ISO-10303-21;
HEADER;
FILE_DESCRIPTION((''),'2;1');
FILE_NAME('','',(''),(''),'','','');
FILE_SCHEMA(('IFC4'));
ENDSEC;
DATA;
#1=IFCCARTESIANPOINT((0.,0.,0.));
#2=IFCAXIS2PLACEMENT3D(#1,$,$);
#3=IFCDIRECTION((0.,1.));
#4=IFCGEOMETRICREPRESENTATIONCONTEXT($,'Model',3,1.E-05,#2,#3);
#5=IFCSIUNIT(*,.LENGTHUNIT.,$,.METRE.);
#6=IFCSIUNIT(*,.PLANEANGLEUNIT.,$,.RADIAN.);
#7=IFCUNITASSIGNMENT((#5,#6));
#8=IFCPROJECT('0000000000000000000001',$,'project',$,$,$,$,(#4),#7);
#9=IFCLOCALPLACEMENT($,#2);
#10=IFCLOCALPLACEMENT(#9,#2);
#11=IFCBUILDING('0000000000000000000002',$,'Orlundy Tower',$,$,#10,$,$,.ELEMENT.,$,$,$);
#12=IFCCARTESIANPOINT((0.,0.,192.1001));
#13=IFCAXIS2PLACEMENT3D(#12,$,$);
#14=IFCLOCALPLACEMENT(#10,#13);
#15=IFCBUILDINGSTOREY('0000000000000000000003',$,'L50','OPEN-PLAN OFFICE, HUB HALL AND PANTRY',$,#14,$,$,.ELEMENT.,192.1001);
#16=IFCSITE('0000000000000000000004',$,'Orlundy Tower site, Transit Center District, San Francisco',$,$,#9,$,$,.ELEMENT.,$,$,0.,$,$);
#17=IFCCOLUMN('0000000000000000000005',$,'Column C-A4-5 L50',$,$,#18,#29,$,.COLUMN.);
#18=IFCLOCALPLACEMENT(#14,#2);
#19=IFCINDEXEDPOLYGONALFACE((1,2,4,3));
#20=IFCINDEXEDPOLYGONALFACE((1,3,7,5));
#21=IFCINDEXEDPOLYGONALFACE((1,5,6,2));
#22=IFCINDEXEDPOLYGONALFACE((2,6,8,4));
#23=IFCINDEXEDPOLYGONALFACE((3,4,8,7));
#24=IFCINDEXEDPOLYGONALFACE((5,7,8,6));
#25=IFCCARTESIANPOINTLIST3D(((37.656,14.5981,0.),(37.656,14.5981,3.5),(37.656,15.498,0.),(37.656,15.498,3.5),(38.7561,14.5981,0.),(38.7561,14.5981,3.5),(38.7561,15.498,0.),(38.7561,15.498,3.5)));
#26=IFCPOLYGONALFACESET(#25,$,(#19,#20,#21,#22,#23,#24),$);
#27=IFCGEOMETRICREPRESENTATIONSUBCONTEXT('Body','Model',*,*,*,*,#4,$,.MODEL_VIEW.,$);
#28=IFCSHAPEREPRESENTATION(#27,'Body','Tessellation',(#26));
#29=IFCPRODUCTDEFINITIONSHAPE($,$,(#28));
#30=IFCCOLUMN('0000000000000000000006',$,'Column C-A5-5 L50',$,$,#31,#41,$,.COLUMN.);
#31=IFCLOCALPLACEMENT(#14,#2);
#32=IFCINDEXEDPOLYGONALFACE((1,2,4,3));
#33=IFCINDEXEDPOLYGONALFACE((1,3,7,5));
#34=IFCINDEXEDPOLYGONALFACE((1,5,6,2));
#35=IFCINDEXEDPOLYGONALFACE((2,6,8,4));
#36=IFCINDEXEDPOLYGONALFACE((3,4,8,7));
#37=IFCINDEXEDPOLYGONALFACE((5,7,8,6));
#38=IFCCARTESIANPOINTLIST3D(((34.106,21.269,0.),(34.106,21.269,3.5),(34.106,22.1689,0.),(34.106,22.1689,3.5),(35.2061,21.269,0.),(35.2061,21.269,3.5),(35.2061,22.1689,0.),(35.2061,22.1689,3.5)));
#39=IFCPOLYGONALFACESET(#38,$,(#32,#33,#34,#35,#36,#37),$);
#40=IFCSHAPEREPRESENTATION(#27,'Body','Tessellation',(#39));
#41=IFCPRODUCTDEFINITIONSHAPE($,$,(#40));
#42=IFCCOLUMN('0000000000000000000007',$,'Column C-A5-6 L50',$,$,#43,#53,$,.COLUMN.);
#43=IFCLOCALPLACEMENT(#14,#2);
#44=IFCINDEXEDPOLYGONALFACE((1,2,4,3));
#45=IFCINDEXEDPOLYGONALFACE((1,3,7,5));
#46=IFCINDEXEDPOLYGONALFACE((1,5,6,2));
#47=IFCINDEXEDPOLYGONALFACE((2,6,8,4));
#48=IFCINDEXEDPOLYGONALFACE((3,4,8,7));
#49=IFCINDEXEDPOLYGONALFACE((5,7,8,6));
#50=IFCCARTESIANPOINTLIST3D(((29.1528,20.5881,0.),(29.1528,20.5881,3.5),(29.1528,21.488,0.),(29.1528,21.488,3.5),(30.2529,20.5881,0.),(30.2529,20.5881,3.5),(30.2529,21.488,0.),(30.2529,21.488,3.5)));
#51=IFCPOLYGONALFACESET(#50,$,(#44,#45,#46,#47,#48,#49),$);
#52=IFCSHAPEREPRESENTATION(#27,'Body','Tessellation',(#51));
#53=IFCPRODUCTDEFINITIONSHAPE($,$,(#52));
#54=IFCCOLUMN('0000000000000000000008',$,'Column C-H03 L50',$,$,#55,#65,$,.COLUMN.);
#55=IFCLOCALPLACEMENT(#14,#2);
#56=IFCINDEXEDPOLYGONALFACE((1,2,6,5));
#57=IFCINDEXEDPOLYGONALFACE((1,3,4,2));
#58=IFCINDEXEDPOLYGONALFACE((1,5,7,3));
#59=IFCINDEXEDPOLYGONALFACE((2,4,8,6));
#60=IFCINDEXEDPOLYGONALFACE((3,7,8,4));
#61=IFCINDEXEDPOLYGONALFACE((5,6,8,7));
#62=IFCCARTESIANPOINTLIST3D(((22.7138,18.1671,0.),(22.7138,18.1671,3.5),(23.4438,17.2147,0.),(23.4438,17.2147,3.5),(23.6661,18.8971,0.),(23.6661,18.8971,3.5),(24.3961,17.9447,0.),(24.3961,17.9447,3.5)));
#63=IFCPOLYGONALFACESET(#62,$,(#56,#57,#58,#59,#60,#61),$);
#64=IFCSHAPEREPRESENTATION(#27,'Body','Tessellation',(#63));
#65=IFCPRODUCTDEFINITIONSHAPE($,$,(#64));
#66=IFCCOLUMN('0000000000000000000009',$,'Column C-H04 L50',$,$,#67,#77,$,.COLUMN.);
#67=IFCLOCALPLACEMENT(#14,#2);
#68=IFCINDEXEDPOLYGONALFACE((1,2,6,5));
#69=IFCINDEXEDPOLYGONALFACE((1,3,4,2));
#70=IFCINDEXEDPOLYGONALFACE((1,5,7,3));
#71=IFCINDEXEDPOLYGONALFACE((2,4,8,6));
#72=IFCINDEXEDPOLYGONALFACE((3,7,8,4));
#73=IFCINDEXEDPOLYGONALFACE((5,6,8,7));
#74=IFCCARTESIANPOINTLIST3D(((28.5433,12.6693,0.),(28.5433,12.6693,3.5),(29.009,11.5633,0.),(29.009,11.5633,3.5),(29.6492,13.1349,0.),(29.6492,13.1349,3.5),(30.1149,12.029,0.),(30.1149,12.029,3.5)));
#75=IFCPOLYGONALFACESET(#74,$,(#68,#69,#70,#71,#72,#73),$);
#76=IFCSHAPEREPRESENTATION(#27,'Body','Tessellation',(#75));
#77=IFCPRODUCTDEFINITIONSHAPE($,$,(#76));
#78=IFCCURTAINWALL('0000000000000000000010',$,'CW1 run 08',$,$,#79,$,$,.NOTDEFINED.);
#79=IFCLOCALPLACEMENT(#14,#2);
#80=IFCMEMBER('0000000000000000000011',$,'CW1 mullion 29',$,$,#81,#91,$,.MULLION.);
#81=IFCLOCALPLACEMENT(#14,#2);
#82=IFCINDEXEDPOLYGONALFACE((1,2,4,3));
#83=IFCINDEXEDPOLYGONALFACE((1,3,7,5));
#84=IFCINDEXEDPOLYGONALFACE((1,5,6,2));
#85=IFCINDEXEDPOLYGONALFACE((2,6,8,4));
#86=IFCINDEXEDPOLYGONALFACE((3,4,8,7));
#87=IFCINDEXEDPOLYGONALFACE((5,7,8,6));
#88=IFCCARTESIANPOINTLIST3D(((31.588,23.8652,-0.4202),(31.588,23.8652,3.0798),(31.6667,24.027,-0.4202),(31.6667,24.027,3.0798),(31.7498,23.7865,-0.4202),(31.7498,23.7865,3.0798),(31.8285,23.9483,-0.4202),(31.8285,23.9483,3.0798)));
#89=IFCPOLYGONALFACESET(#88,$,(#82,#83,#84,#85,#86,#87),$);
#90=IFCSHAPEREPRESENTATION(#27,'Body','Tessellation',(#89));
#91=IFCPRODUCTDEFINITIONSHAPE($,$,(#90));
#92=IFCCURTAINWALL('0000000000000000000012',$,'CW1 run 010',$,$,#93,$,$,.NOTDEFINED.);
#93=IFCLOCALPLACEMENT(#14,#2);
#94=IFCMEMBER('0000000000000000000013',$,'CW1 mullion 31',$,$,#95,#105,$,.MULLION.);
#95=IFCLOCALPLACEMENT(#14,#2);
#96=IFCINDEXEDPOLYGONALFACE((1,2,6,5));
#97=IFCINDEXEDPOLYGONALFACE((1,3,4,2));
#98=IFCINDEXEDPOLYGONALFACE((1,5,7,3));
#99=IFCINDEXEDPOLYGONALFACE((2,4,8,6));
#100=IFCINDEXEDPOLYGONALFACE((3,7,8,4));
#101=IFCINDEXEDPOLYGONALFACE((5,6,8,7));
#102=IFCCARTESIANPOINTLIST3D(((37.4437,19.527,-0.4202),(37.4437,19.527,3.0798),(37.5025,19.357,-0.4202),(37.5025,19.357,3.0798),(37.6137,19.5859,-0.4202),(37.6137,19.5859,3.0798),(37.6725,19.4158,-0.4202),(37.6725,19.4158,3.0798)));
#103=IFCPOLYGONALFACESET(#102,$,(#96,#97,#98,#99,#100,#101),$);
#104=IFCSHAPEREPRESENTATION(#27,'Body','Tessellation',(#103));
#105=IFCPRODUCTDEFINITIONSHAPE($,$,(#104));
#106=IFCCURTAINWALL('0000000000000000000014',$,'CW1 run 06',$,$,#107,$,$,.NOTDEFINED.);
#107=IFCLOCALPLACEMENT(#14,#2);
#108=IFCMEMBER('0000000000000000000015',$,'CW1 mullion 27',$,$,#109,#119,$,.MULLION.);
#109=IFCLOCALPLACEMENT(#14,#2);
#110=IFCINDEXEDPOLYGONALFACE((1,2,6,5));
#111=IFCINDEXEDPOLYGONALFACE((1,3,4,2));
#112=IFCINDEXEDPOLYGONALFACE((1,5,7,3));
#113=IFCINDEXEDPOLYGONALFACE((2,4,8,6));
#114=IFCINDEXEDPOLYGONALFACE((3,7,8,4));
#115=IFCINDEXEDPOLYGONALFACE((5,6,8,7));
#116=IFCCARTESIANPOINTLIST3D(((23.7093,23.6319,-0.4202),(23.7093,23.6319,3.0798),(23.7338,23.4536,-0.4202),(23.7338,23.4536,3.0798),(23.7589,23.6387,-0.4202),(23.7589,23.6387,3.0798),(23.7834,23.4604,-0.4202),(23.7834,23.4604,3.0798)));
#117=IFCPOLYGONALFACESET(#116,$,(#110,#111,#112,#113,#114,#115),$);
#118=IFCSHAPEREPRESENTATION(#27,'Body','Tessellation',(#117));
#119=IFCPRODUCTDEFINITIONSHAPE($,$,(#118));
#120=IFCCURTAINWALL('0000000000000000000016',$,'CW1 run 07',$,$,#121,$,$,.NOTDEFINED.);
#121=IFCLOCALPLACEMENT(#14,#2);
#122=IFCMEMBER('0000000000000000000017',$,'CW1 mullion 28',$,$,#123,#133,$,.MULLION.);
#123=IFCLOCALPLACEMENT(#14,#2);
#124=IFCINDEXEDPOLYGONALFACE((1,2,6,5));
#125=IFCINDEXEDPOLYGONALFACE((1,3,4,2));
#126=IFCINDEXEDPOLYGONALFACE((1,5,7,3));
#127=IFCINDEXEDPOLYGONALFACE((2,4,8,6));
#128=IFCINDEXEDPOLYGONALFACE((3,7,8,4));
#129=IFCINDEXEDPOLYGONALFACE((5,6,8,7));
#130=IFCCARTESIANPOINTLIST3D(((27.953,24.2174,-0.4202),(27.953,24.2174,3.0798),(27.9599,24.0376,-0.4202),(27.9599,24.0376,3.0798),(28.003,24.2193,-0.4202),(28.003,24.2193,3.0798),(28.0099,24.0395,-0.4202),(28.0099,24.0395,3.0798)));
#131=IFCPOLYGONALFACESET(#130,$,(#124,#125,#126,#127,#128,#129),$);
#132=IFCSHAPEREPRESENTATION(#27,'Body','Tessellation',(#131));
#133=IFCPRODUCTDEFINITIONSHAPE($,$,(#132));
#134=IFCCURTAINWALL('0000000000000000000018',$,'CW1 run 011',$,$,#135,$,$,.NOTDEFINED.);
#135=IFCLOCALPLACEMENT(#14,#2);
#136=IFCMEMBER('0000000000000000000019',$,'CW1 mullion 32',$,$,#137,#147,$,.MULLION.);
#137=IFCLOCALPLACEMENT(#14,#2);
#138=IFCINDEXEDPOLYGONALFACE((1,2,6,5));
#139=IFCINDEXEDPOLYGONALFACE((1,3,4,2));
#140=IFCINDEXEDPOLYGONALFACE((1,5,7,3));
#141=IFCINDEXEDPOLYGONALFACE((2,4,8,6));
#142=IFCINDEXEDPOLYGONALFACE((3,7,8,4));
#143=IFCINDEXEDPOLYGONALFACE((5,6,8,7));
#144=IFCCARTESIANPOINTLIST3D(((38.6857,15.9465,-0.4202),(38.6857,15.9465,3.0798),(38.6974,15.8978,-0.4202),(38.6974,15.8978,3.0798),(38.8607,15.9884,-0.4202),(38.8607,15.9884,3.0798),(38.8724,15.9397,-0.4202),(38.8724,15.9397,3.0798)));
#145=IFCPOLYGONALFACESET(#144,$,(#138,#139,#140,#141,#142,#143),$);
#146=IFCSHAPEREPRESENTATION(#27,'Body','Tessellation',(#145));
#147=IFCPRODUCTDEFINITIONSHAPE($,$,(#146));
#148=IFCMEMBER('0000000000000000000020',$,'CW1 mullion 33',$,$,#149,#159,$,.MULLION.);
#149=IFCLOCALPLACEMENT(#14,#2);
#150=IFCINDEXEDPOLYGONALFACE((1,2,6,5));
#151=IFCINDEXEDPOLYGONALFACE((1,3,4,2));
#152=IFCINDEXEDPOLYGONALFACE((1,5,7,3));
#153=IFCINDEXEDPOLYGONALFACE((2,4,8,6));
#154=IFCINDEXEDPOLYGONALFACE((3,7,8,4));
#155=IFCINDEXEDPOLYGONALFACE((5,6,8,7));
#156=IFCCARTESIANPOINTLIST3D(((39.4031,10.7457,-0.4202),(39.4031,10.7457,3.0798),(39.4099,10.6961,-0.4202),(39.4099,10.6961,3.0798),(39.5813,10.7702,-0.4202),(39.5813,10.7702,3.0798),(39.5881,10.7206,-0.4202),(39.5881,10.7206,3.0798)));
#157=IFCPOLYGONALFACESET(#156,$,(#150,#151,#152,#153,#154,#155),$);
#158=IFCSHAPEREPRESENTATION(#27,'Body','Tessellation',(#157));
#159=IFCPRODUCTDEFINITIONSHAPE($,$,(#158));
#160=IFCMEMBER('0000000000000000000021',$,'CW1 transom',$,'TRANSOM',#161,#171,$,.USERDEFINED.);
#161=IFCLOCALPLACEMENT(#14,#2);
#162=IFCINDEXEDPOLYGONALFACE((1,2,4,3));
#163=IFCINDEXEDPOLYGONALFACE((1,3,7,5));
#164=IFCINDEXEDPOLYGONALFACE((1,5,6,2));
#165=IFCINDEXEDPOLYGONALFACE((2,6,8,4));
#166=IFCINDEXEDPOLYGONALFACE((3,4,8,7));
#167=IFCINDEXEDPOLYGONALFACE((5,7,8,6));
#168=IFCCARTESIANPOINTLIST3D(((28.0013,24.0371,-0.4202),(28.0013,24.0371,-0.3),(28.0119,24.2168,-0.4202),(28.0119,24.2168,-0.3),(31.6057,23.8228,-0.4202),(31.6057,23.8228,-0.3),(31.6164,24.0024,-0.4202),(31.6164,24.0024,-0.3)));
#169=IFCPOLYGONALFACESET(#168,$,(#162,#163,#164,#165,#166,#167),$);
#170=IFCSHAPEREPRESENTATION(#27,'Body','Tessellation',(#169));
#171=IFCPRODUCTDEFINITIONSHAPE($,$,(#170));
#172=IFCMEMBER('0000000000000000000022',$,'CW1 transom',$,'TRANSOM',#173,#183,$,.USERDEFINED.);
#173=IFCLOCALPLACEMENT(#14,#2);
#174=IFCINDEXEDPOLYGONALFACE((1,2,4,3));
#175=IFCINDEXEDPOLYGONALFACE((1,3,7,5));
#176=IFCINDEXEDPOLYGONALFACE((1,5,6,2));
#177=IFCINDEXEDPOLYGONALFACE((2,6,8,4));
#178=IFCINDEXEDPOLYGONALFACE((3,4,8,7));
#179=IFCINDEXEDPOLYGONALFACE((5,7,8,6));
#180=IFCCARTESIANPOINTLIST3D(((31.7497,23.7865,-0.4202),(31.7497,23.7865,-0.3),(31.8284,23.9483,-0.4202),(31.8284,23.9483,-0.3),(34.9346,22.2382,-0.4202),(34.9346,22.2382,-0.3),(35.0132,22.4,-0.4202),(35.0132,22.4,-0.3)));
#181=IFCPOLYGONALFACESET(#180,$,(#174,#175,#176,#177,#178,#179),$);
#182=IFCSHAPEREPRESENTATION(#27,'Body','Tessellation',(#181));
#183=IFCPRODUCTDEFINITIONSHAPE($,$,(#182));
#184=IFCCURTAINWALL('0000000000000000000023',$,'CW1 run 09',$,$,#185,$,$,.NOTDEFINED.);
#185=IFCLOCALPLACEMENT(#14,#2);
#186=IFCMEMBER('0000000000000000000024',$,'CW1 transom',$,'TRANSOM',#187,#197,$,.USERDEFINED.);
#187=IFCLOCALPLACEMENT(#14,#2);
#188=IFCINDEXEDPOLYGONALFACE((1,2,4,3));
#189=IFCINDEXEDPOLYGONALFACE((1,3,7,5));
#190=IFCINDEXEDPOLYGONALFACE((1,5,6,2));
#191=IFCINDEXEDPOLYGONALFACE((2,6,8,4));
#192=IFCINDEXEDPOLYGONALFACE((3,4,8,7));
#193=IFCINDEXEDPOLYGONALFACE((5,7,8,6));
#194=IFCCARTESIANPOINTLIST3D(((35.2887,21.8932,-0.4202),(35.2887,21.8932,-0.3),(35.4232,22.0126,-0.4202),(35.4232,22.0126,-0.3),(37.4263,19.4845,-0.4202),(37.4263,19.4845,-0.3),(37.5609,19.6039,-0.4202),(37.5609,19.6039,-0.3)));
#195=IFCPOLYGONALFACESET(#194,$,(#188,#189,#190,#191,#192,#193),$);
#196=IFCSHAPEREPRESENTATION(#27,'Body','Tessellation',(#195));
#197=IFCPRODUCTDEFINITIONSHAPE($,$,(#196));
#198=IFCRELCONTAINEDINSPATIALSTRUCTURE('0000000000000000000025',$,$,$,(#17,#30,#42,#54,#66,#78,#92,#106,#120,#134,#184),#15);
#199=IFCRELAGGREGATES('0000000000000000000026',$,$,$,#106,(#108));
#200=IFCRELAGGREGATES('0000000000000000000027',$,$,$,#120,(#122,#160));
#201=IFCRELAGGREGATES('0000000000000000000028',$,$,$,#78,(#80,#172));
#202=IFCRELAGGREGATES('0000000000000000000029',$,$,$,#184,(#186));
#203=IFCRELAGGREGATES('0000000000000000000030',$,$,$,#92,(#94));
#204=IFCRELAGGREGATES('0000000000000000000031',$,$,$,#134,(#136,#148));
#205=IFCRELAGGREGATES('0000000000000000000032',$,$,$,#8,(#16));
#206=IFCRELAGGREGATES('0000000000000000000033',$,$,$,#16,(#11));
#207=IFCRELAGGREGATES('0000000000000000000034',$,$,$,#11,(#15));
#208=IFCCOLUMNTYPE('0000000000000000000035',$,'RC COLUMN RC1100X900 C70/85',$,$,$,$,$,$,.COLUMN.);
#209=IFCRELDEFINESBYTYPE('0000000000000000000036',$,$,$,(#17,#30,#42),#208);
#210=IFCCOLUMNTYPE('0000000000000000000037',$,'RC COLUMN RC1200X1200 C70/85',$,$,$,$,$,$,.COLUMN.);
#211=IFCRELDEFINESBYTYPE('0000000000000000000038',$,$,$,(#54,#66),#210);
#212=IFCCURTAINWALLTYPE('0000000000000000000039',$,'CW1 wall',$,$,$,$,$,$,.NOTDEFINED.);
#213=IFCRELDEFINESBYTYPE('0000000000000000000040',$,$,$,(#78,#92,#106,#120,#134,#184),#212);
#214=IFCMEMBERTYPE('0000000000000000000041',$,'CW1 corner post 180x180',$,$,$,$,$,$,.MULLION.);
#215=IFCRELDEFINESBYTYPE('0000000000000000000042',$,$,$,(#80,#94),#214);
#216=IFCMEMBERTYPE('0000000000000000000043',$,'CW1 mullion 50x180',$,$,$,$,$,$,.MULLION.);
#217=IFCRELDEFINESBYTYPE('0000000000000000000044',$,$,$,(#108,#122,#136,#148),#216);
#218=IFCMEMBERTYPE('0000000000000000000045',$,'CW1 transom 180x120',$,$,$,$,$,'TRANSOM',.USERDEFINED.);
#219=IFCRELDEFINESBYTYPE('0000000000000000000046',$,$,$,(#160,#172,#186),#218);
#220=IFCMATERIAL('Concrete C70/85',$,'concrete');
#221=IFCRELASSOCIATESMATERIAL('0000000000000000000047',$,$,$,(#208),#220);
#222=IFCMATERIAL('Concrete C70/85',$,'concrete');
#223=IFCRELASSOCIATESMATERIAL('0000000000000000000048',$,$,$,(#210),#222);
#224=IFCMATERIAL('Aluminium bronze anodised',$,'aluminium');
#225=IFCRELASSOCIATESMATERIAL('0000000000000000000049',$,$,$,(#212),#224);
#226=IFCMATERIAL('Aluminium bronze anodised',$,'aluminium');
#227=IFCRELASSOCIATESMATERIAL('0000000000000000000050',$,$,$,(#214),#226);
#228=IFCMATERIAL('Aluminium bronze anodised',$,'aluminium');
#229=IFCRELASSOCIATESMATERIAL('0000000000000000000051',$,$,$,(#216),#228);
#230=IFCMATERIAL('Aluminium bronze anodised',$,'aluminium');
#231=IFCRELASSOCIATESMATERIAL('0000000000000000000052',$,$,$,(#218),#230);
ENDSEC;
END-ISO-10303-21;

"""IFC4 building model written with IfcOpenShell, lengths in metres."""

from ifc_helpers import new_model, si_unit, direction, frame, origin, origin_2d, place, context, subcontext, project, spatial, rectangle, extrude, material, material_profile, profile_set, type_object, element, aggregate, save


model = new_model("IFC4")

# Units and contexts
model_context = context("Model", 3, precision=1e-05, world=origin(), true_north=direction((0.0, 1.0)))
body_context = subcontext(model_context, "Body", "Model", "MODEL_VIEW")
ifc_project = project(units=[si_unit("LENGTHUNIT", "METRE"), si_unit("PLANEANGLEUNIT", "RADIAN")], contexts=[model_context])

# Site, building, storey
site_placement = place(None, origin())
site = spatial("IfcSite", under=ifc_project, at=site_placement, Name="Orlundy Tower site, Transit Center District, San Francisco", CompositionType="ELEMENT", RefElevation=0.0)
building_placement = place(site_placement, origin())
building = spatial("IfcBuilding", under=site, at=building_placement, Name="Orlundy Tower", CompositionType="ELEMENT")
storey_placement = place(building_placement, frame((0.0, 0.0, 192.1001)))
storey = spatial("IfcBuildingStorey", under=building, at=storey_placement, Name="L50", Description="OPEN-PLAN OFFICE, HUB HALL AND PANTRY", CompositionType="ELEMENT", Elevation=192.1001)

# Columns
ifc_material_1 = material(Name="Concrete C70/85", Category="concrete")
ifc_material_profile_1 = material_profile(ifc_material_1, rectangle(XDim=1.1001, YDim=0.8999, at=origin_2d()), Name="RC1100X900")
ifc_profile_set_1 = profile_set([ifc_material_profile_1], Name="Concrete C70/85")
column_type_1 = type_object("IfcColumnType", Name="RC COLUMN RC1100X900 C70/85", PredefinedType="COLUMN", material=ifc_profile_set_1)
for number, where, z_axis, x_axis, name in (
    (1, (38.2061, 15.0481, 0.0), (0.0, 0.0, 1.0), (1.0, 0.0, 0.0), "Column C-A4-5 L50"),
    (2, (34.656, 21.719, 0.0), (0.0, 0.0, 1.0), (1.0, 0.0, 0.0), "Column C-A5-5 L50"),
    (3, (29.7029, 21.0381, 0.0), (0.0, 0.0, 1.0), (1.0, 0.0, 0.0), "Column C-A5-6 L50"),
):
    element("IfcColumn", number, at=place(storey_placement, frame(where, z_axis=z_axis, x_axis=x_axis)), inside=storey, type_object=column_type_1, Name=name, PredefinedType="COLUMN", context=body_context, shape_type="SweptSolid", body=[
        extrude(rectangle(XDim=1.1001, YDim=0.8999, at=origin_2d()), origin(), (0.0, 0.0, 1.0), 3.5),
    ])
ifc_material_2 = material(Name="Concrete C70/85", Category="concrete")
ifc_material_profile_2 = material_profile(ifc_material_2, rectangle(XDim=1.2, YDim=1.2, at=origin_2d()), Name="RC1200X1200")
ifc_profile_set_2 = profile_set([ifc_material_profile_2], Name="Concrete C70/85")
column_type_2 = type_object("IfcColumnType", Name="RC COLUMN RC1200X1200 C70/85", PredefinedType="COLUMN", material=ifc_profile_set_2)
for number, where, z_axis, x_axis, name in (
    (4, (23.5549, 18.0559, 0.0), (0.0, 0.0, 1.0), (0.793651, 0.608374, 0.0), "Column C-H03 L50"),
    (5, (29.3291, 12.3491, 0.0), (0.0, 0.0, 1.0), (0.921633, 0.388063, 0.0), "Column C-H04 L50"),
):
    element("IfcColumn", number, at=place(storey_placement, frame(where, z_axis=z_axis, x_axis=x_axis)), inside=storey, type_object=column_type_2, Name=name, PredefinedType="COLUMN", context=body_context, shape_type="SweptSolid", body=[
        extrude(rectangle(XDim=1.2, YDim=1.2, at=origin_2d()), origin(), (0.0, 0.0, 1.0), 3.5),
    ])

# Curtain walls, members
ifc_material_3 = material(Name="Aluminium bronze anodised", Category="aluminium")
curtain_wall_type = type_object("IfcCurtainWallType", Name="CW1 wall", PredefinedType="NOTDEFINED", material=ifc_material_3)
curtain_wall_1_placement = place(storey_placement, origin())
curtain_wall_1 = element("IfcCurtainWall", 6, at=curtain_wall_1_placement, inside=storey, type_object=curtain_wall_type, Name="CW1 run 08", PredefinedType="NOTDEFINED")
ifc_material_4 = material(Name="Aluminium bronze anodised", Category="aluminium")
ifc_material_profile_3 = material_profile(ifc_material_4, rectangle(XDim=0.1799, YDim=0.1799, at=origin_2d()), Name="CW1 corner post 180x180")
ifc_profile_set_3 = profile_set([ifc_material_profile_3], Name="Aluminium bronze anodised")
member_type_1 = type_object("IfcMemberType", Name="CW1 corner post 180x180", PredefinedType="MULLION", material=ifc_profile_set_3)
member_1_placement = place(storey_placement, frame((31.7083, 23.9067, -0.4202), z_axis=(0.0, 0.0, 1.0), x_axis=(0.437259, 0.899335, 0.0)))
member_1 = element("IfcMember", 7, at=member_1_placement, type_object=member_type_1, Name="CW1 mullion 29", PredefinedType="MULLION", context=body_context, shape_type="SweptSolid", body=[
    extrude(rectangle(XDim=0.1799, YDim=0.1799, at=origin_2d()), origin(), (0.0, 0.0, 1.0), 3.5),
])
curtain_wall_2_placement = place(storey_placement, origin())
curtain_wall_2 = element("IfcCurtainWall", 8, at=curtain_wall_2_placement, inside=storey, type_object=curtain_wall_type, Name="CW1 run 010", PredefinedType="NOTDEFINED")
member_2_placement = place(storey_placement, frame((37.5581, 19.4714, -0.4202), z_axis=(0.0, 0.0, 1.0), x_axis=(0.945034, 0.326972, 0.0)))
member_2 = element("IfcMember", 9, at=member_2_placement, type_object=member_type_1, Name="CW1 mullion 31", PredefinedType="MULLION", context=body_context, shape_type="SweptSolid", body=[
    extrude(rectangle(XDim=0.1799, YDim=0.1799, at=origin_2d()), origin(), (0.0, 0.0, 1.0), 3.5),
])
curtain_wall_3_placement = place(storey_placement, origin())
curtain_wall_3 = element("IfcCurtainWall", 10, at=curtain_wall_3_placement, inside=storey, type_object=curtain_wall_type, Name="CW1 run 06", PredefinedType="NOTDEFINED")
ifc_material_5 = material(Name="Aluminium bronze anodised", Category="aluminium")
ifc_material_profile_4 = material_profile(ifc_material_5, rectangle(XDim=0.1799, YDim=0.05, at=origin_2d()), Name="CW1 mullion 50x180")
ifc_profile_set_4 = profile_set([ifc_material_profile_4], Name="Aluminium bronze anodised")
member_type_2 = type_object("IfcMemberType", Name="CW1 mullion 50x180", PredefinedType="MULLION", material=ifc_profile_set_4)
member_3_placement = place(storey_placement, frame((23.7463, 23.5461, -0.4202), z_axis=(0.0, 0.0, 1.0), x_axis=(-0.136185, 0.990683, 0.0)))
member_3 = element("IfcMember", 11, at=member_3_placement, type_object=member_type_2, Name="CW1 mullion 27", PredefinedType="MULLION", context=body_context, shape_type="SweptSolid", body=[
    extrude(rectangle(XDim=0.1799, YDim=0.05, at=origin_2d()), origin(), (0.0, 0.0, 1.0), 3.5),
])
curtain_wall_4_placement = place(storey_placement, origin())
curtain_wall_4 = element("IfcCurtainWall", 12, at=curtain_wall_4_placement, inside=storey, type_object=curtain_wall_type, Name="CW1 run 07", PredefinedType="NOTDEFINED")
member_4_placement = place(storey_placement, frame((27.9814, 24.1284, -0.4202), z_axis=(0.0, 0.0, 1.0), x_axis=(-0.038601, 0.999255, 0.0)))
member_4 = element("IfcMember", 13, at=member_4_placement, type_object=member_type_2, Name="CW1 mullion 28", PredefinedType="MULLION", context=body_context, shape_type="SweptSolid", body=[
    extrude(rectangle(XDim=0.1799, YDim=0.05, at=origin_2d()), origin(), (0.0, 0.0, 1.0), 3.5),
])

# Curtain wall, members
curtain_wall_5_placement = place(storey_placement, origin())
curtain_wall_5 = element("IfcCurtainWall", 14, at=curtain_wall_5_placement, inside=storey, type_object=curtain_wall_type, Name="CW1 run 011", PredefinedType="NOTDEFINED")
member_5_placement = place(storey_placement, frame((38.7791, 15.9431, -0.4202), z_axis=(0.0, 0.0, 1.0), x_axis=(0.972537, 0.23275, 0.0)))
member_5 = element("IfcMember", 15, at=member_5_placement, type_object=member_type_2, Name="CW1 mullion 32", PredefinedType="MULLION", context=body_context, shape_type="SweptSolid", body=[
    extrude(rectangle(XDim=0.1799, YDim=0.05, at=origin_2d()), origin(), (0.0, 0.0, 1.0), 3.5),
])
member_6_placement = place(storey_placement, frame((39.4956, 10.7332, -0.4202), z_axis=(0.0, 0.0, 1.0), x_axis=(0.99067, 0.136286, 0.0)))
member_6 = element("IfcMember", 16, at=member_6_placement, type_object=member_type_2, Name="CW1 mullion 33", PredefinedType="MULLION", context=body_context, shape_type="SweptSolid", body=[
    extrude(rectangle(XDim=0.1799, YDim=0.05, at=origin_2d()), origin(), (0.0, 0.0, 1.0), 3.5),
])

# Members
ifc_material_6 = material(Name="Aluminium bronze anodised", Category="aluminium")
ifc_material_profile_5 = material_profile(ifc_material_6, rectangle(XDim=0.1799, YDim=0.1201, at=origin_2d()), Name="CW1 transom 180x120")
ifc_profile_set_5 = profile_set([ifc_material_profile_5], Name="Aluminium bronze anodised")
member_type_3 = type_object("IfcMemberType", Name="CW1 transom 180x120", ElementType="TRANSOM", PredefinedType="USERDEFINED", material=ifc_profile_set_5)
member_7_placement = place(storey_placement, frame((28.0066, 24.127, -0.3601), z_axis=(0.998236, -0.059364, 0.0), x_axis=(0.059364, 0.998236, 0.0)))
member_7 = element("IfcMember", 17, at=member_7_placement, type_object=member_type_3, Name="CW1 transom", ObjectType="TRANSOM", PredefinedType="USERDEFINED", context=body_context, shape_type="SweptSolid", body=[
    extrude(rectangle(XDim=0.1799, YDim=0.1201, at=origin_2d()), origin(), (0.0, 0.0, 1.0), 3.6108),
])
member_8_placement = place(storey_placement, frame((31.7891, 23.8674, -0.3601), z_axis=(0.899349, -0.437231, 0.0), x_axis=(0.437231, 0.899349, 0.0)))
member_8 = element("IfcMember", 18, at=member_8_placement, type_object=member_type_3, Name="CW1 transom", ObjectType="TRANSOM", PredefinedType="USERDEFINED", context=body_context, shape_type="SweptSolid", body=[
    extrude(rectangle(XDim=0.1799, YDim=0.1201, at=origin_2d()), origin(), (0.0, 0.0, 1.0), 3.5413),
])

# Curtain wall, member
curtain_wall_6_placement = place(storey_placement, origin())
curtain_wall_6 = element("IfcCurtainWall", 19, at=curtain_wall_6_placement, inside=storey, type_object=curtain_wall_type, Name="CW1 run 09", PredefinedType="NOTDEFINED")
member_9_placement = place(storey_placement, frame((35.356, 21.9529, -0.3601), z_axis=(0.66378, -0.747928, 0.0), x_axis=(0.747928, 0.66378, 0.0)))
member_9 = element("IfcMember", 20, at=member_9_placement, type_object=member_type_3, Name="CW1 transom", ObjectType="TRANSOM", PredefinedType="USERDEFINED", context=body_context, shape_type="SweptSolid", body=[
    extrude(rectangle(XDim=0.1799, YDim=0.1201, at=origin_2d()), origin(), (0.0, 0.0, 1.0), 3.2205),
])

aggregate(curtain_wall_3, [member_3])
aggregate(curtain_wall_4, [member_4, member_7])
aggregate(curtain_wall_1, [member_1, member_8])
aggregate(curtain_wall_6, [member_9])
aggregate(curtain_wall_2, [member_2])
aggregate(curtain_wall_5, [member_5, member_6])

save(model, "model.ifc")
